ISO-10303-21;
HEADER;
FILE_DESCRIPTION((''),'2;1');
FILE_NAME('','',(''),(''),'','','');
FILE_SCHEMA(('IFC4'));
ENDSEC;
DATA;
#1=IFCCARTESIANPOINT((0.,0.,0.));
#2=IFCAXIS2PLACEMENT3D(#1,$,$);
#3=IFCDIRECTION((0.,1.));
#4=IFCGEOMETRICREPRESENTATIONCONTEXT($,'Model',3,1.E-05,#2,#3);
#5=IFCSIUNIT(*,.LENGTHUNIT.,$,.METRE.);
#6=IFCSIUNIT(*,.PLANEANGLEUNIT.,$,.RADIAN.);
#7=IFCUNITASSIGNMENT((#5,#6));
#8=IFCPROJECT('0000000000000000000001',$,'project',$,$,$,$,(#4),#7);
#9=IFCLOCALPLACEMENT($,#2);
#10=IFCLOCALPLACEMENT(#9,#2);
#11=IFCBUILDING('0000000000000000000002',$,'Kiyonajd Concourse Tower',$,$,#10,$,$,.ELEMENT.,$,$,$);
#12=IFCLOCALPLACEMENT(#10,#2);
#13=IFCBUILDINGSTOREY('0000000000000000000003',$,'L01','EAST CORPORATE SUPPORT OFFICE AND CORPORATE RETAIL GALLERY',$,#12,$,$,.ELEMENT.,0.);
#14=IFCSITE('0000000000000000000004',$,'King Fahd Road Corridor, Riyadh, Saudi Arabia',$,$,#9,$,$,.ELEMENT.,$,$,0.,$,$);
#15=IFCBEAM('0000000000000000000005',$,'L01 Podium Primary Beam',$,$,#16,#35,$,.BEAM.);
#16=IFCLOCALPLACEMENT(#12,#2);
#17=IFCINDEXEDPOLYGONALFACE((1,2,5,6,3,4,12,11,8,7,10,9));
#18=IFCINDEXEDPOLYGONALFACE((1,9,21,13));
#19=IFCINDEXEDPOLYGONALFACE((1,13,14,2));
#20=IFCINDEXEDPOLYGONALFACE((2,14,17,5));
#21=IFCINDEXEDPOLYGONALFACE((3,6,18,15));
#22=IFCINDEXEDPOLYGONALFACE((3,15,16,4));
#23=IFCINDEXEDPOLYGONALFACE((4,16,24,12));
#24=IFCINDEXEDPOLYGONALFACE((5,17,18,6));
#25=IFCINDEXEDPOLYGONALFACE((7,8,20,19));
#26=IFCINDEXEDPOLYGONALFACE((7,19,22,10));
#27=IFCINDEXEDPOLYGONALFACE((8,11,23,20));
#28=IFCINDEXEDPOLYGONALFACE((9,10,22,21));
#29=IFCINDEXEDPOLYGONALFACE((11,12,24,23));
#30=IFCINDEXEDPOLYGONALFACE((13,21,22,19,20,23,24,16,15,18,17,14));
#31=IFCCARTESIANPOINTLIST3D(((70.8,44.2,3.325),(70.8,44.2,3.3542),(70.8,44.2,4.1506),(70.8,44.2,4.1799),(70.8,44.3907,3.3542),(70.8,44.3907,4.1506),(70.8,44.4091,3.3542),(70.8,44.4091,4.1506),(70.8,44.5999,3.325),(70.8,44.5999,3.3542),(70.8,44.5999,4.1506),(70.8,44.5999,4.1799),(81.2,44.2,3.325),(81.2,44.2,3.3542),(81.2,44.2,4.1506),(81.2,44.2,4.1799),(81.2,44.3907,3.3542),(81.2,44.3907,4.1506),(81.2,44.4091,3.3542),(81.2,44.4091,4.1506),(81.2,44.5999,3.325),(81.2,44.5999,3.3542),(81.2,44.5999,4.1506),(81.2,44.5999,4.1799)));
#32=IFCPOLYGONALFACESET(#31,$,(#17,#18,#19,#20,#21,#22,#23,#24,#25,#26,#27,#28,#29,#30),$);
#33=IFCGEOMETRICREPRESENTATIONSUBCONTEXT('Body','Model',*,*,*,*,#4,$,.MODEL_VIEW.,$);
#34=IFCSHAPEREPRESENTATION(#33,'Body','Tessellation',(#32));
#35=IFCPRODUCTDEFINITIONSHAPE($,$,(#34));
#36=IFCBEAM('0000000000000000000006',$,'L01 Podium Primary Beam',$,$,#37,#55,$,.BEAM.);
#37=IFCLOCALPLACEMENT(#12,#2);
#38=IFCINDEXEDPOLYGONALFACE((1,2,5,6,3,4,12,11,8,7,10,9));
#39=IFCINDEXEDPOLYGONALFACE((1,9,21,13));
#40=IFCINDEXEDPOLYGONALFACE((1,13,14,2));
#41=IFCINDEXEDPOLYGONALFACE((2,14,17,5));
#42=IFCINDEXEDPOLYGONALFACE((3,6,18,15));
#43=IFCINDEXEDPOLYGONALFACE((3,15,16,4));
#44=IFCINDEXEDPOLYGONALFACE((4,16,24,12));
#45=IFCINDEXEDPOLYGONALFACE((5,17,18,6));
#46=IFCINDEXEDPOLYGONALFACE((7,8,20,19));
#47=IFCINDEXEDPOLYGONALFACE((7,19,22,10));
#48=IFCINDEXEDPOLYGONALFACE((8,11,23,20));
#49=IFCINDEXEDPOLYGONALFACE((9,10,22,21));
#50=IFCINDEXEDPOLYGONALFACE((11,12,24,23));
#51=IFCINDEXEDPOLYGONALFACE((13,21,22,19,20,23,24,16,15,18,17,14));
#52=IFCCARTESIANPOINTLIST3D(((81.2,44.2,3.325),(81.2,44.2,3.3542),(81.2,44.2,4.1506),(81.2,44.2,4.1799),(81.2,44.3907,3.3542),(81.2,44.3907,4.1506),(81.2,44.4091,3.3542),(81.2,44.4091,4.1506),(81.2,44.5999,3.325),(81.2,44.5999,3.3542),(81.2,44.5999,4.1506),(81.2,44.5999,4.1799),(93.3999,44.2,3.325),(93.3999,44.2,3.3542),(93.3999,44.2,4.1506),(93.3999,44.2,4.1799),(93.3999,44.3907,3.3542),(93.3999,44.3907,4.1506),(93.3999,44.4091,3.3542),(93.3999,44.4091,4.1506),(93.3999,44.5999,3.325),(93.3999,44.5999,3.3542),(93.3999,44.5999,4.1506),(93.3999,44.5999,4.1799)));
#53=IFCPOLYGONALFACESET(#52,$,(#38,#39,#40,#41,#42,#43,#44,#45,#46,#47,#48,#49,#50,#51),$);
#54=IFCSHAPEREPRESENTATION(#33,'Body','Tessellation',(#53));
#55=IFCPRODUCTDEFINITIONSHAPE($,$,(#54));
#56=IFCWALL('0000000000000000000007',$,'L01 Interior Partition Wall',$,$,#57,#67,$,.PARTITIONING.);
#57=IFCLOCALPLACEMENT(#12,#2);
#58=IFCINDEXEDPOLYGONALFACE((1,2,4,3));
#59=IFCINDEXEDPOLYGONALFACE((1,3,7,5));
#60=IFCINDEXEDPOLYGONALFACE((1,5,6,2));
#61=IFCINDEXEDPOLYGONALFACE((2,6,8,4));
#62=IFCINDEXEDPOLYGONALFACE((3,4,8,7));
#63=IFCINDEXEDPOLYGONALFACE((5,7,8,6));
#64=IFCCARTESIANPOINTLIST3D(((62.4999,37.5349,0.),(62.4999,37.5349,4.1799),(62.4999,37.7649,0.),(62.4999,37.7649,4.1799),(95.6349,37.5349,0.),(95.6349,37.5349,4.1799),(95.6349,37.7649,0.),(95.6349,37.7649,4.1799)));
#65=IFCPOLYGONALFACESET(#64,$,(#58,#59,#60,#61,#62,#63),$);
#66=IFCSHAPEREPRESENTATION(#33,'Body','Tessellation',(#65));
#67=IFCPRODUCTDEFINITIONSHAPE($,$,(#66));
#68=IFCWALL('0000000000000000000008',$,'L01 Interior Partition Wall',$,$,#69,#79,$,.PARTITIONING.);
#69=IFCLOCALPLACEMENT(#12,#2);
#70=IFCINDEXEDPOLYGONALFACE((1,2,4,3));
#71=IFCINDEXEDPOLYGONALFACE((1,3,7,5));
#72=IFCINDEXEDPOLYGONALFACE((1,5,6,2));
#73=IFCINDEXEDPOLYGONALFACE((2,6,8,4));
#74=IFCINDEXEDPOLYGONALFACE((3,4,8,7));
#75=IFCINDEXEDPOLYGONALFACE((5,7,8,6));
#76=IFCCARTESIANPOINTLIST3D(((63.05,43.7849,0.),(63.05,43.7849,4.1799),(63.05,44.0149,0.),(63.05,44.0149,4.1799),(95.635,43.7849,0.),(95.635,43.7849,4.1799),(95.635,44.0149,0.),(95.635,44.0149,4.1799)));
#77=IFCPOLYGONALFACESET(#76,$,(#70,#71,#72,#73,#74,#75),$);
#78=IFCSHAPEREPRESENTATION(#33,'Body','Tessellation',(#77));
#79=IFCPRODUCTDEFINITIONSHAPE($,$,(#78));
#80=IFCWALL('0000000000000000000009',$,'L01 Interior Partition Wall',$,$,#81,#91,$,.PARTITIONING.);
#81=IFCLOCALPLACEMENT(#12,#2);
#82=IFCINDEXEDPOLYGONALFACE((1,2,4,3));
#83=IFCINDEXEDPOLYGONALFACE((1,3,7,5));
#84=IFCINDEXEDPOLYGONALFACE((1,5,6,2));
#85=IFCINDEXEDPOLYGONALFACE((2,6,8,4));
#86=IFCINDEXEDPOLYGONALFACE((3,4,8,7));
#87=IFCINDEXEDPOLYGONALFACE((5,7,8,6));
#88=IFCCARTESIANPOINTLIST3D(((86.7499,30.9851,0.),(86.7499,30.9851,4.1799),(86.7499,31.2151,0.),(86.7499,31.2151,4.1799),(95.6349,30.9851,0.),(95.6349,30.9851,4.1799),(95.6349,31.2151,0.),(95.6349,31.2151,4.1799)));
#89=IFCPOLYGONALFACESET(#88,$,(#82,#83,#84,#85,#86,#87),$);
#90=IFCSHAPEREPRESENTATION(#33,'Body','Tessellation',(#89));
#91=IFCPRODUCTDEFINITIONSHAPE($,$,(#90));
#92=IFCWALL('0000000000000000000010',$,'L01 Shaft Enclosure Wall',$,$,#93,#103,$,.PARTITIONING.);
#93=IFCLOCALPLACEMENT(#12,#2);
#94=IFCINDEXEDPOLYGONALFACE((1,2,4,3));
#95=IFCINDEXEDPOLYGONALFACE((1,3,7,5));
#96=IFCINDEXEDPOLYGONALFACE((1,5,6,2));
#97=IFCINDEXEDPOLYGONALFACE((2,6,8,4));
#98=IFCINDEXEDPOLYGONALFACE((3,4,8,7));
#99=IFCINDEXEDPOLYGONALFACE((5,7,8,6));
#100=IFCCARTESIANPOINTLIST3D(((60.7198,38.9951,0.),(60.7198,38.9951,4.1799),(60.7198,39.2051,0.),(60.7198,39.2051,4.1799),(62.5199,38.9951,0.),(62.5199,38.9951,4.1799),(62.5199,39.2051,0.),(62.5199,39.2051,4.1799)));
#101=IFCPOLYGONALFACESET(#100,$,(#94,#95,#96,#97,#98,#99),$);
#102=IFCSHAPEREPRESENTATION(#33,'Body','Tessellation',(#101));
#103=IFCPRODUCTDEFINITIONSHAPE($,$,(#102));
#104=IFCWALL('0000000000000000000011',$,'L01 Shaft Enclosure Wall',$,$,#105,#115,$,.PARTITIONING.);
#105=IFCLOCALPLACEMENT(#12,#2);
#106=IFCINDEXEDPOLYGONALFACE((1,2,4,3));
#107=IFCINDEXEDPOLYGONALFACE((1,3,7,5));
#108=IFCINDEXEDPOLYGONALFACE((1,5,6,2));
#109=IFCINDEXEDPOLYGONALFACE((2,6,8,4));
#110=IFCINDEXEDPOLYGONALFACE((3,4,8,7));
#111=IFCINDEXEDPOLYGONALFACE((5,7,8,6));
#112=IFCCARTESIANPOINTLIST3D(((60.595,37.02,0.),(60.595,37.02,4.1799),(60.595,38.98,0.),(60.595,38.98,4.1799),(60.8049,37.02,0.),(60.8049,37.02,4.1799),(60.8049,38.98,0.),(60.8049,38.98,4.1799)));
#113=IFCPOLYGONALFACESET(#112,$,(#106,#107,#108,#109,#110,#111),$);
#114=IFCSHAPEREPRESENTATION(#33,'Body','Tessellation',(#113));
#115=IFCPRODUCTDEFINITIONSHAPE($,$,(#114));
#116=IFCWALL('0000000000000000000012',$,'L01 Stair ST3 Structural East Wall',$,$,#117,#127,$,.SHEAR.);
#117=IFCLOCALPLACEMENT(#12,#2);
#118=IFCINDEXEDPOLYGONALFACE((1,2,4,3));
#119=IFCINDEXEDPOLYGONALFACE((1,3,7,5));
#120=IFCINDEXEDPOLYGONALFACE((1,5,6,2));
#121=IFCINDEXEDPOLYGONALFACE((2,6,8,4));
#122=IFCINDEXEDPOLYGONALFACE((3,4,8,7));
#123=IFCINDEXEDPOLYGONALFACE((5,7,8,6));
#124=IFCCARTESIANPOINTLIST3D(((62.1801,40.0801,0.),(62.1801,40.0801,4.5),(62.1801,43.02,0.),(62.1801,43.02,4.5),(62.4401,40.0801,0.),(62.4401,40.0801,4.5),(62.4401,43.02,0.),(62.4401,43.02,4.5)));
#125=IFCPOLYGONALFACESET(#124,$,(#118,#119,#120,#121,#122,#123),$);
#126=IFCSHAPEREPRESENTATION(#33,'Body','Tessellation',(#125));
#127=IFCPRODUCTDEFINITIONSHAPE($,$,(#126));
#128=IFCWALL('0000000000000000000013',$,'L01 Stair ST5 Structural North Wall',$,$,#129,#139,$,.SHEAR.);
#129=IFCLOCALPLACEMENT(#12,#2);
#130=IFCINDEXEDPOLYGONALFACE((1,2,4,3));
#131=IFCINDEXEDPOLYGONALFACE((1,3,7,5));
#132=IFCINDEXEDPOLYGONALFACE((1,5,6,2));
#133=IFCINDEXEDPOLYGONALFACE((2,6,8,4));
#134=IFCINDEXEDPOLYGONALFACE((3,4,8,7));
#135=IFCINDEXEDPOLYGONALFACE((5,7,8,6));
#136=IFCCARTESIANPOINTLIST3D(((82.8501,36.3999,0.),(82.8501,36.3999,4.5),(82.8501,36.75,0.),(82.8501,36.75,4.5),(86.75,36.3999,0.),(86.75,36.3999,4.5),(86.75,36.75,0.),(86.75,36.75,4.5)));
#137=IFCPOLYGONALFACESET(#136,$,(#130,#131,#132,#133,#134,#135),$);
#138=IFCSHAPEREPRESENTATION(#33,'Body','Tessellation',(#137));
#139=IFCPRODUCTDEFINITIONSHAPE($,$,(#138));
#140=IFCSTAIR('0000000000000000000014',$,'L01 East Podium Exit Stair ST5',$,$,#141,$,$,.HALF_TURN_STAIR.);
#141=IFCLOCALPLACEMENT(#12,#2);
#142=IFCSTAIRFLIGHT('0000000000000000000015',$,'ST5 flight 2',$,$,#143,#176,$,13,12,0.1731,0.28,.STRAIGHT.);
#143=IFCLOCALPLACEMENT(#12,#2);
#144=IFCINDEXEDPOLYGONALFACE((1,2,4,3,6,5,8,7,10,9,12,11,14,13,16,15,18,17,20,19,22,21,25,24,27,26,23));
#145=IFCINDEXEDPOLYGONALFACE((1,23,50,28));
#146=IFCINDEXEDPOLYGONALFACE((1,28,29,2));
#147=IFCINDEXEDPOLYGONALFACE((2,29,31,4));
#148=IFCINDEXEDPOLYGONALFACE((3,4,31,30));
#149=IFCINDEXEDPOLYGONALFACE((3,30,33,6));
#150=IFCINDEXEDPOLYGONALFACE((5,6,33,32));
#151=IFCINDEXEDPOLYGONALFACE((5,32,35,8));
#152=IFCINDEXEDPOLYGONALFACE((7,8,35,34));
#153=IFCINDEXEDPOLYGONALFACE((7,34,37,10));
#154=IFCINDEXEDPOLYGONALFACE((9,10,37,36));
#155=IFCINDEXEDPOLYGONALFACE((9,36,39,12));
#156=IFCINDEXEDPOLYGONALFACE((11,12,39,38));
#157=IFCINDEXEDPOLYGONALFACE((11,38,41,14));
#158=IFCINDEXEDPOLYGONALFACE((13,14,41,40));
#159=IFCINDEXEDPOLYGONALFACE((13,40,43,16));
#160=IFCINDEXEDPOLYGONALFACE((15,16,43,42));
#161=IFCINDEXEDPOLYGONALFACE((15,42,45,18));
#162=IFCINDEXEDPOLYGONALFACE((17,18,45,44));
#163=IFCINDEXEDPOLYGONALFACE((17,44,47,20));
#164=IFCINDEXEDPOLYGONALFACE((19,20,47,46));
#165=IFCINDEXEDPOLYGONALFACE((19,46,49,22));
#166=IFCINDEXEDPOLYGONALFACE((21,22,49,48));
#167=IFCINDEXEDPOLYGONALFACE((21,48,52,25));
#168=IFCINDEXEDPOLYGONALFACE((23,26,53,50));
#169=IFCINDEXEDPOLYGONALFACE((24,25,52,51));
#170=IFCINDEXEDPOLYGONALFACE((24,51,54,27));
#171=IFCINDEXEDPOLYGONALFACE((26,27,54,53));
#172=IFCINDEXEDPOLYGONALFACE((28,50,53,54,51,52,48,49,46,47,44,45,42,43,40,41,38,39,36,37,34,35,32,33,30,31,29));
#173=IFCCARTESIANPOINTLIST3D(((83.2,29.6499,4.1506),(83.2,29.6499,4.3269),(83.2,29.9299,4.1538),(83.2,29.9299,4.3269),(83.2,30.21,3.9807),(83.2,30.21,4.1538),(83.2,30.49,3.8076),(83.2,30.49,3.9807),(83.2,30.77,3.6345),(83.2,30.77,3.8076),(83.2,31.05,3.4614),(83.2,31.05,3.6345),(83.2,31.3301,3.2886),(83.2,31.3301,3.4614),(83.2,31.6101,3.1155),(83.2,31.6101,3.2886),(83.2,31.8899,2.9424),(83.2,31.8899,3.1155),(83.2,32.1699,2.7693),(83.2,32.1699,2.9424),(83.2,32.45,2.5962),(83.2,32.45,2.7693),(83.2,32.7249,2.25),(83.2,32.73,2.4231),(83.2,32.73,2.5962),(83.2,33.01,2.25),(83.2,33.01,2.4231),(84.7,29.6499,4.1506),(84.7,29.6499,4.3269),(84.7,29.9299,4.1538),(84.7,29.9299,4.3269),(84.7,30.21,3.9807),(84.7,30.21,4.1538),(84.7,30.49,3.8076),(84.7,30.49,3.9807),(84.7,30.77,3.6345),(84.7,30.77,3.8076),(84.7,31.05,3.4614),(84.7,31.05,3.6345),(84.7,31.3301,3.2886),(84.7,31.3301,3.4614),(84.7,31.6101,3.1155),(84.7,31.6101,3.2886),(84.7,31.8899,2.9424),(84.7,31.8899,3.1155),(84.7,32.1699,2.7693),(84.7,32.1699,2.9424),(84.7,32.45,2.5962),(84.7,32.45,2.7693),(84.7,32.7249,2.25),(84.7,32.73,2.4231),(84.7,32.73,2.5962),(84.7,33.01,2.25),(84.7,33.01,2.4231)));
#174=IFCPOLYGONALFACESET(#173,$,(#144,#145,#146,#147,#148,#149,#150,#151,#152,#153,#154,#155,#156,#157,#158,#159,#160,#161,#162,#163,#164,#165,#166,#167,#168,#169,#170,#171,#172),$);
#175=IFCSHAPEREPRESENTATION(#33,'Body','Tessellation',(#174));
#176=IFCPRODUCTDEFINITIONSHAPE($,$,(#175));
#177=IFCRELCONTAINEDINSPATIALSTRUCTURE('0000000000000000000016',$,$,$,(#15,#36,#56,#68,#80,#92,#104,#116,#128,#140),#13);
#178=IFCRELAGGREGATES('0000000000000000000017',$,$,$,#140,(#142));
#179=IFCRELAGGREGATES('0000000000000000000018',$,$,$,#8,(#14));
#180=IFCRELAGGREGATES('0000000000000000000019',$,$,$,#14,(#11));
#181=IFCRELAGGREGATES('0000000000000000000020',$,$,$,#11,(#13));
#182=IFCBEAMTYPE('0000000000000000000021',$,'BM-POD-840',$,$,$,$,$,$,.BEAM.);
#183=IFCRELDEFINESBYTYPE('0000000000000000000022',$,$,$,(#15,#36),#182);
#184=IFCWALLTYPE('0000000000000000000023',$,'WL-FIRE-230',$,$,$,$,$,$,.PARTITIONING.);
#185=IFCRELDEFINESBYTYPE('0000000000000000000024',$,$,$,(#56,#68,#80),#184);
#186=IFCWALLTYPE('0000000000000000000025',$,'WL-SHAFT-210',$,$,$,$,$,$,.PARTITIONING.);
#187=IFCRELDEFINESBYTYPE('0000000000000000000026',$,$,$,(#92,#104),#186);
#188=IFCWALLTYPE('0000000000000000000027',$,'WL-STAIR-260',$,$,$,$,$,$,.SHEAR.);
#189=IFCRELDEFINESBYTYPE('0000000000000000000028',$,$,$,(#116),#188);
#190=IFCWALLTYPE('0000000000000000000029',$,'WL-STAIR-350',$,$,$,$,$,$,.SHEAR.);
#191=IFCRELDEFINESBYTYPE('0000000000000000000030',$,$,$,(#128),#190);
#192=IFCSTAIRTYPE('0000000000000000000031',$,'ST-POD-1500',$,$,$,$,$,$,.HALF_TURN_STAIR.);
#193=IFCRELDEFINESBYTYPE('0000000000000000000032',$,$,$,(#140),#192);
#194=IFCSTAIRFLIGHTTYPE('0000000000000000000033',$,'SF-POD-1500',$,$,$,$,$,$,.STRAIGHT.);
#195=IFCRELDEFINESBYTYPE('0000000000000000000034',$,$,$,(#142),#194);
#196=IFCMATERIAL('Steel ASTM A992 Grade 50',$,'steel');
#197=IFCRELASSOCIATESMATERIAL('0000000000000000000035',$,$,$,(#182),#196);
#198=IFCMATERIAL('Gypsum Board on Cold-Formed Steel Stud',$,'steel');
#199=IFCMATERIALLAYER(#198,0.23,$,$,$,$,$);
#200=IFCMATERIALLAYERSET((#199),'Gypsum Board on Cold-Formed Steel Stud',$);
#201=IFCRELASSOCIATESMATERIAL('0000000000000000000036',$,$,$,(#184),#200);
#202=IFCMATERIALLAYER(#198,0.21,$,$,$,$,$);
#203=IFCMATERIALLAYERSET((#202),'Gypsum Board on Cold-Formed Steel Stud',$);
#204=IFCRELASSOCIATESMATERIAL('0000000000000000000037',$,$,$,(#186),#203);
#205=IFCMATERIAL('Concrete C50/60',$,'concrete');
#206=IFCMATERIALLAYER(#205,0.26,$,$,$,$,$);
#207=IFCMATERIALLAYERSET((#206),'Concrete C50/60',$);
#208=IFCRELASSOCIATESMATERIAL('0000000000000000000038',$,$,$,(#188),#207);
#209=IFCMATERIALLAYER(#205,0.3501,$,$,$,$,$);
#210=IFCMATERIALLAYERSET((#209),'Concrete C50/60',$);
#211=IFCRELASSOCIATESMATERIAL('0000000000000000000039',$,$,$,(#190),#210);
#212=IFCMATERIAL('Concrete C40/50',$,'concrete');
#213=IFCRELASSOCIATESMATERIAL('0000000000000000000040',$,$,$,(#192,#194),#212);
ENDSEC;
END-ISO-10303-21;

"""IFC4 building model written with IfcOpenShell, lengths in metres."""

from ifc_helpers import new_model, si_unit, direction, frame, frame_2d, origin, origin_2d, place, context, subcontext, project, spatial, polyline, rectangle, i_section, outline, extrude, material, layer, layer_set, material_profile, profile_set, type_object, element, aggregate, save


model = new_model("IFC4")

# Units and contexts
model_context = context("Model", 3, precision=1e-05, world=origin(), true_north=direction((0.0, 1.0)))
body_context = subcontext(model_context, "Body", "Model", "MODEL_VIEW")
ifc_project = project(units=[si_unit("LENGTHUNIT", "METRE"), si_unit("PLANEANGLEUNIT", "RADIAN")], contexts=[model_context])

# Site, building, storey
site_placement = place(None, origin())
site = spatial("IfcSite", under=ifc_project, at=site_placement, Name="King Fahd Road Corridor, Riyadh, Saudi Arabia", CompositionType="ELEMENT", RefElevation=0.0)
building_placement = place(site_placement, origin())
building = spatial("IfcBuilding", under=site, at=building_placement, Name="Kiyonajd Concourse Tower", CompositionType="ELEMENT")
storey_placement = place(building_placement, origin())
storey = spatial("IfcBuildingStorey", under=building, at=storey_placement, Name="L01", Description="EAST CORPORATE SUPPORT OFFICE AND CORPORATE RETAIL GALLERY", CompositionType="ELEMENT", Elevation=0.0)

# Beams
ifc_material_1 = material(Name="Steel ASTM A992 Grade 50", Category="steel")
ifc_material_profile_1 = material_profile(ifc_material_1, i_section(OverallWidth=0.3999, OverallDepth=0.855, WebThickness=0.0183, FlangeThickness=0.0293, at=origin_2d()), Name="W840X299")
ifc_profile_set_1 = profile_set([ifc_material_profile_1], Name="Steel ASTM A992 Grade 50")
beam_type_1 = type_object("IfcBeamType", Name="BM-POD-840", PredefinedType="BEAM", material=ifc_profile_set_1)
beam_1_placement = place(storey_placement, frame((70.8, 44.3999, 3.7524), z_axis=(1.0, 0.0, 0.0), x_axis=(0.0, 1.0, 0.0)))
element("IfcBeam", 1, at=beam_1_placement, inside=storey, type_object=beam_type_1, Name="L01 Podium Primary Beam", PredefinedType="BEAM", context=body_context, shape_type="SweptSolid", body=[
    extrude(i_section(OverallWidth=0.3999, OverallDepth=0.855, WebThickness=0.0183, FlangeThickness=0.0293, at=origin_2d()), origin(), (0.0, 0.0, 1.0), 10.3999),
])
beam_2_placement = place(storey_placement, frame((81.2, 44.3999, 3.7524), z_axis=(1.0, 0.0, 0.0), x_axis=(0.0, 1.0, 0.0)))
element("IfcBeam", 2, at=beam_2_placement, inside=storey, type_object=beam_type_1, Name="L01 Podium Primary Beam", PredefinedType="BEAM", context=body_context, shape_type="SweptSolid", body=[
    extrude(i_section(OverallWidth=0.3999, OverallDepth=0.855, WebThickness=0.0183, FlangeThickness=0.0293, at=origin_2d()), origin(), (0.0, 0.0, 1.0), 12.2),
])

# Walls
ifc_material_2 = material(Name="Gypsum Board on Cold-Formed Steel Stud", Category="steel")
ifc_layer_1 = layer(ifc_material_2, 0.23)
ifc_layer_set_1 = layer_set([ifc_layer_1], Name="Gypsum Board on Cold-Formed Steel Stud")
wall_type_1 = type_object("IfcWallType", Name="WL-FIRE-230", PredefinedType="PARTITIONING", material=ifc_layer_set_1)
wall_1_placement = place(storey_placement, frame((62.5, 37.6499, 0.0), z_axis=(0.0, 0.0, 1.0), x_axis=(1.0, 0.0, 0.0)))
element("IfcWall", 3, at=wall_1_placement, inside=storey, type_object=wall_type_1, Name="L01 Interior Partition Wall", PredefinedType="PARTITIONING", context=body_context, shape_type="SweptSolid", body=[
    extrude(rectangle(XDim=33.135, YDim=0.23, at=frame_2d((16.5674, 0.0))), origin(), (0.0, 0.0, 1.0), 4.1799),
])
wall_2_placement = place(storey_placement, frame((63.05, 43.8999, 0.0), z_axis=(0.0, 0.0, 1.0), x_axis=(1.0, 0.0, 0.0)))
element("IfcWall", 4, at=wall_2_placement, inside=storey, type_object=wall_type_1, Name="L01 Interior Partition Wall", PredefinedType="PARTITIONING", context=body_context, shape_type="SweptSolid", body=[
    extrude(rectangle(XDim=32.585, YDim=0.23, at=frame_2d((16.2925, 0.0))), origin(), (0.0, 0.0, 1.0), 4.1799),
])
wall_3_placement = place(storey_placement, frame((86.75, 31.1001, 0.0), z_axis=(0.0, 0.0, 1.0), x_axis=(1.0, 0.0, 0.0)))
element("IfcWall", 5, at=wall_3_placement, inside=storey, type_object=wall_type_1, Name="L01 Interior Partition Wall", PredefinedType="PARTITIONING", context=body_context, shape_type="SweptSolid", body=[
    extrude(rectangle(XDim=8.885, YDim=0.23, at=frame_2d((4.4424, 0.0))), origin(), (0.0, 0.0, 1.0), 4.1799),
])
ifc_layer_2 = layer(ifc_material_2, 0.21)
ifc_layer_set_2 = layer_set([ifc_layer_2], Name="Gypsum Board on Cold-Formed Steel Stud")
wall_type_2 = type_object("IfcWallType", Name="WL-SHAFT-210", PredefinedType="PARTITIONING", material=ifc_layer_set_2)
wall_4_placement = place(storey_placement, frame((60.72, 39.1001, 0.0), z_axis=(0.0, 0.0, 1.0), x_axis=(1.0, 0.0, 0.0)))
element("IfcWall", 6, at=wall_4_placement, inside=storey, type_object=wall_type_2, Name="L01 Shaft Enclosure Wall", PredefinedType="PARTITIONING", context=body_context, shape_type="SweptSolid", body=[
    extrude(rectangle(XDim=1.8, YDim=0.21, at=frame_2d((0.8999, 0.0))), origin(), (0.0, 0.0, 1.0), 4.1799),
])
wall_5_placement = place(storey_placement, frame((60.7, 37.02, 0.0), z_axis=(0.0, 0.0, 1.0), x_axis=(0.0, 1.0, 0.0)))
element("IfcWall", 7, at=wall_5_placement, inside=storey, type_object=wall_type_2, Name="L01 Shaft Enclosure Wall", PredefinedType="PARTITIONING", context=body_context, shape_type="SweptSolid", body=[
    extrude(rectangle(XDim=1.96, YDim=0.21, at=frame_2d((0.98, 0.0))), origin(), (0.0, 0.0, 1.0), 4.1799),
])
ifc_material_3 = material(Name="Concrete C50/60", Category="concrete")
ifc_layer_3 = layer(ifc_material_3, 0.26)
ifc_layer_set_3 = layer_set([ifc_layer_3], Name="Concrete C50/60")
wall_type_3 = type_object("IfcWallType", Name="WL-STAIR-260", PredefinedType="SHEAR", material=ifc_layer_set_3)
wall_6_placement = place(storey_placement, frame((62.3101, 40.0801, 0.0), z_axis=(0.0, 0.0, 1.0), x_axis=(0.0, 1.0, 0.0)))
element("IfcWall", 8, at=wall_6_placement, inside=storey, type_object=wall_type_3, Name="L01 Stair ST3 Structural East Wall", PredefinedType="SHEAR", context=body_context, shape_type="SweptSolid", body=[
    extrude(rectangle(XDim=2.9399, YDim=0.26, at=frame_2d((1.47, 0.0))), origin(), (0.0, 0.0, 1.0), 4.5),
])
ifc_layer_4 = layer(ifc_material_3, 0.3501)
ifc_layer_set_4 = layer_set([ifc_layer_4], Name="Concrete C50/60")
wall_type_4 = type_object("IfcWallType", Name="WL-STAIR-350", PredefinedType="SHEAR", material=ifc_layer_set_4)
wall_7_placement = place(storey_placement, frame((82.8501, 36.575, 0.0), z_axis=(0.0, 0.0, 1.0), x_axis=(1.0, 0.0, 0.0)))
element("IfcWall", 9, at=wall_7_placement, inside=storey, type_object=wall_type_4, Name="L01 Stair ST5 Structural North Wall", PredefinedType="SHEAR", context=body_context, shape_type="SweptSolid", body=[
    extrude(rectangle(XDim=3.8999, YDim=0.3501, at=frame_2d((1.95, 0.0))), origin(), (0.0, 0.0, 1.0), 4.5),
])

# Stair, stair flight
ifc_material_4 = material(Name="Concrete C40/50", Category="concrete")
stair_type = type_object("IfcStairType", Name="ST-POD-1500", PredefinedType="HALF_TURN_STAIR", material=ifc_material_4)
stair_placement = place(storey_placement, origin())
stair = element("IfcStair", 10, at=stair_placement, inside=storey, type_object=stair_type, Name="L01 East Podium Exit Stair ST5", PredefinedType="HALF_TURN_STAIR")
stair_flight_type = type_object("IfcStairFlightType", Name="SF-POD-1500", PredefinedType="STRAIGHT", material=ifc_material_4)
stair_flight_placement = place(storey_placement, frame((83.95, 33.01, 2.25), z_axis=(0.0, 0.0, 1.0), x_axis=(0.0, -1.0, 0.0)))
stair_flight = element("IfcStairFlight", 11, at=stair_flight_placement, type_object=stair_flight_type, Name="ST5 flight 2", NumberOfRisers=13, NumberOfTreads=12, PredefinedType="STRAIGHT", RiserHeight=0.1731, TreadLength=0.28, context=body_context, shape_type="SweptSolid", body=[
    extrude(outline(polyline([(0.0, 0.0), (0.0, 0.1731), (0.28, 0.1731), (0.28, 0.3462), (0.5601, 0.3462), (0.5601, 0.5193), (0.8401, 0.5193), (0.8401, 0.6924), (1.1201, 0.6924), (1.1201, 0.8655), (1.3999, 0.8655), (1.3999, 1.0386), (1.6799, 1.0386), (1.6799, 1.2114), (1.96, 1.2114), (1.96, 1.3845), (2.24, 1.3845), (2.24, 1.5576), (2.52, 1.5576), (2.52, 1.7307), (2.8, 1.7307), (2.8, 1.9038), (3.0801, 1.9038), (3.0801, 2.0769), (3.3601, 2.0769), (3.3601, 2.25), (3.3601, 1.9006), (0.2852, 0.0), (0.0, 0.0)])), frame((0.0, 0.75, 0.0), z_axis=(0.0, -1.0, 0.0), x_axis=(1.0, 0.0, 0.0)), (0.0, 0.0, 1.0), 1.5),
])
aggregate(stair, [stair_flight])

save(model, "model.ifc")
